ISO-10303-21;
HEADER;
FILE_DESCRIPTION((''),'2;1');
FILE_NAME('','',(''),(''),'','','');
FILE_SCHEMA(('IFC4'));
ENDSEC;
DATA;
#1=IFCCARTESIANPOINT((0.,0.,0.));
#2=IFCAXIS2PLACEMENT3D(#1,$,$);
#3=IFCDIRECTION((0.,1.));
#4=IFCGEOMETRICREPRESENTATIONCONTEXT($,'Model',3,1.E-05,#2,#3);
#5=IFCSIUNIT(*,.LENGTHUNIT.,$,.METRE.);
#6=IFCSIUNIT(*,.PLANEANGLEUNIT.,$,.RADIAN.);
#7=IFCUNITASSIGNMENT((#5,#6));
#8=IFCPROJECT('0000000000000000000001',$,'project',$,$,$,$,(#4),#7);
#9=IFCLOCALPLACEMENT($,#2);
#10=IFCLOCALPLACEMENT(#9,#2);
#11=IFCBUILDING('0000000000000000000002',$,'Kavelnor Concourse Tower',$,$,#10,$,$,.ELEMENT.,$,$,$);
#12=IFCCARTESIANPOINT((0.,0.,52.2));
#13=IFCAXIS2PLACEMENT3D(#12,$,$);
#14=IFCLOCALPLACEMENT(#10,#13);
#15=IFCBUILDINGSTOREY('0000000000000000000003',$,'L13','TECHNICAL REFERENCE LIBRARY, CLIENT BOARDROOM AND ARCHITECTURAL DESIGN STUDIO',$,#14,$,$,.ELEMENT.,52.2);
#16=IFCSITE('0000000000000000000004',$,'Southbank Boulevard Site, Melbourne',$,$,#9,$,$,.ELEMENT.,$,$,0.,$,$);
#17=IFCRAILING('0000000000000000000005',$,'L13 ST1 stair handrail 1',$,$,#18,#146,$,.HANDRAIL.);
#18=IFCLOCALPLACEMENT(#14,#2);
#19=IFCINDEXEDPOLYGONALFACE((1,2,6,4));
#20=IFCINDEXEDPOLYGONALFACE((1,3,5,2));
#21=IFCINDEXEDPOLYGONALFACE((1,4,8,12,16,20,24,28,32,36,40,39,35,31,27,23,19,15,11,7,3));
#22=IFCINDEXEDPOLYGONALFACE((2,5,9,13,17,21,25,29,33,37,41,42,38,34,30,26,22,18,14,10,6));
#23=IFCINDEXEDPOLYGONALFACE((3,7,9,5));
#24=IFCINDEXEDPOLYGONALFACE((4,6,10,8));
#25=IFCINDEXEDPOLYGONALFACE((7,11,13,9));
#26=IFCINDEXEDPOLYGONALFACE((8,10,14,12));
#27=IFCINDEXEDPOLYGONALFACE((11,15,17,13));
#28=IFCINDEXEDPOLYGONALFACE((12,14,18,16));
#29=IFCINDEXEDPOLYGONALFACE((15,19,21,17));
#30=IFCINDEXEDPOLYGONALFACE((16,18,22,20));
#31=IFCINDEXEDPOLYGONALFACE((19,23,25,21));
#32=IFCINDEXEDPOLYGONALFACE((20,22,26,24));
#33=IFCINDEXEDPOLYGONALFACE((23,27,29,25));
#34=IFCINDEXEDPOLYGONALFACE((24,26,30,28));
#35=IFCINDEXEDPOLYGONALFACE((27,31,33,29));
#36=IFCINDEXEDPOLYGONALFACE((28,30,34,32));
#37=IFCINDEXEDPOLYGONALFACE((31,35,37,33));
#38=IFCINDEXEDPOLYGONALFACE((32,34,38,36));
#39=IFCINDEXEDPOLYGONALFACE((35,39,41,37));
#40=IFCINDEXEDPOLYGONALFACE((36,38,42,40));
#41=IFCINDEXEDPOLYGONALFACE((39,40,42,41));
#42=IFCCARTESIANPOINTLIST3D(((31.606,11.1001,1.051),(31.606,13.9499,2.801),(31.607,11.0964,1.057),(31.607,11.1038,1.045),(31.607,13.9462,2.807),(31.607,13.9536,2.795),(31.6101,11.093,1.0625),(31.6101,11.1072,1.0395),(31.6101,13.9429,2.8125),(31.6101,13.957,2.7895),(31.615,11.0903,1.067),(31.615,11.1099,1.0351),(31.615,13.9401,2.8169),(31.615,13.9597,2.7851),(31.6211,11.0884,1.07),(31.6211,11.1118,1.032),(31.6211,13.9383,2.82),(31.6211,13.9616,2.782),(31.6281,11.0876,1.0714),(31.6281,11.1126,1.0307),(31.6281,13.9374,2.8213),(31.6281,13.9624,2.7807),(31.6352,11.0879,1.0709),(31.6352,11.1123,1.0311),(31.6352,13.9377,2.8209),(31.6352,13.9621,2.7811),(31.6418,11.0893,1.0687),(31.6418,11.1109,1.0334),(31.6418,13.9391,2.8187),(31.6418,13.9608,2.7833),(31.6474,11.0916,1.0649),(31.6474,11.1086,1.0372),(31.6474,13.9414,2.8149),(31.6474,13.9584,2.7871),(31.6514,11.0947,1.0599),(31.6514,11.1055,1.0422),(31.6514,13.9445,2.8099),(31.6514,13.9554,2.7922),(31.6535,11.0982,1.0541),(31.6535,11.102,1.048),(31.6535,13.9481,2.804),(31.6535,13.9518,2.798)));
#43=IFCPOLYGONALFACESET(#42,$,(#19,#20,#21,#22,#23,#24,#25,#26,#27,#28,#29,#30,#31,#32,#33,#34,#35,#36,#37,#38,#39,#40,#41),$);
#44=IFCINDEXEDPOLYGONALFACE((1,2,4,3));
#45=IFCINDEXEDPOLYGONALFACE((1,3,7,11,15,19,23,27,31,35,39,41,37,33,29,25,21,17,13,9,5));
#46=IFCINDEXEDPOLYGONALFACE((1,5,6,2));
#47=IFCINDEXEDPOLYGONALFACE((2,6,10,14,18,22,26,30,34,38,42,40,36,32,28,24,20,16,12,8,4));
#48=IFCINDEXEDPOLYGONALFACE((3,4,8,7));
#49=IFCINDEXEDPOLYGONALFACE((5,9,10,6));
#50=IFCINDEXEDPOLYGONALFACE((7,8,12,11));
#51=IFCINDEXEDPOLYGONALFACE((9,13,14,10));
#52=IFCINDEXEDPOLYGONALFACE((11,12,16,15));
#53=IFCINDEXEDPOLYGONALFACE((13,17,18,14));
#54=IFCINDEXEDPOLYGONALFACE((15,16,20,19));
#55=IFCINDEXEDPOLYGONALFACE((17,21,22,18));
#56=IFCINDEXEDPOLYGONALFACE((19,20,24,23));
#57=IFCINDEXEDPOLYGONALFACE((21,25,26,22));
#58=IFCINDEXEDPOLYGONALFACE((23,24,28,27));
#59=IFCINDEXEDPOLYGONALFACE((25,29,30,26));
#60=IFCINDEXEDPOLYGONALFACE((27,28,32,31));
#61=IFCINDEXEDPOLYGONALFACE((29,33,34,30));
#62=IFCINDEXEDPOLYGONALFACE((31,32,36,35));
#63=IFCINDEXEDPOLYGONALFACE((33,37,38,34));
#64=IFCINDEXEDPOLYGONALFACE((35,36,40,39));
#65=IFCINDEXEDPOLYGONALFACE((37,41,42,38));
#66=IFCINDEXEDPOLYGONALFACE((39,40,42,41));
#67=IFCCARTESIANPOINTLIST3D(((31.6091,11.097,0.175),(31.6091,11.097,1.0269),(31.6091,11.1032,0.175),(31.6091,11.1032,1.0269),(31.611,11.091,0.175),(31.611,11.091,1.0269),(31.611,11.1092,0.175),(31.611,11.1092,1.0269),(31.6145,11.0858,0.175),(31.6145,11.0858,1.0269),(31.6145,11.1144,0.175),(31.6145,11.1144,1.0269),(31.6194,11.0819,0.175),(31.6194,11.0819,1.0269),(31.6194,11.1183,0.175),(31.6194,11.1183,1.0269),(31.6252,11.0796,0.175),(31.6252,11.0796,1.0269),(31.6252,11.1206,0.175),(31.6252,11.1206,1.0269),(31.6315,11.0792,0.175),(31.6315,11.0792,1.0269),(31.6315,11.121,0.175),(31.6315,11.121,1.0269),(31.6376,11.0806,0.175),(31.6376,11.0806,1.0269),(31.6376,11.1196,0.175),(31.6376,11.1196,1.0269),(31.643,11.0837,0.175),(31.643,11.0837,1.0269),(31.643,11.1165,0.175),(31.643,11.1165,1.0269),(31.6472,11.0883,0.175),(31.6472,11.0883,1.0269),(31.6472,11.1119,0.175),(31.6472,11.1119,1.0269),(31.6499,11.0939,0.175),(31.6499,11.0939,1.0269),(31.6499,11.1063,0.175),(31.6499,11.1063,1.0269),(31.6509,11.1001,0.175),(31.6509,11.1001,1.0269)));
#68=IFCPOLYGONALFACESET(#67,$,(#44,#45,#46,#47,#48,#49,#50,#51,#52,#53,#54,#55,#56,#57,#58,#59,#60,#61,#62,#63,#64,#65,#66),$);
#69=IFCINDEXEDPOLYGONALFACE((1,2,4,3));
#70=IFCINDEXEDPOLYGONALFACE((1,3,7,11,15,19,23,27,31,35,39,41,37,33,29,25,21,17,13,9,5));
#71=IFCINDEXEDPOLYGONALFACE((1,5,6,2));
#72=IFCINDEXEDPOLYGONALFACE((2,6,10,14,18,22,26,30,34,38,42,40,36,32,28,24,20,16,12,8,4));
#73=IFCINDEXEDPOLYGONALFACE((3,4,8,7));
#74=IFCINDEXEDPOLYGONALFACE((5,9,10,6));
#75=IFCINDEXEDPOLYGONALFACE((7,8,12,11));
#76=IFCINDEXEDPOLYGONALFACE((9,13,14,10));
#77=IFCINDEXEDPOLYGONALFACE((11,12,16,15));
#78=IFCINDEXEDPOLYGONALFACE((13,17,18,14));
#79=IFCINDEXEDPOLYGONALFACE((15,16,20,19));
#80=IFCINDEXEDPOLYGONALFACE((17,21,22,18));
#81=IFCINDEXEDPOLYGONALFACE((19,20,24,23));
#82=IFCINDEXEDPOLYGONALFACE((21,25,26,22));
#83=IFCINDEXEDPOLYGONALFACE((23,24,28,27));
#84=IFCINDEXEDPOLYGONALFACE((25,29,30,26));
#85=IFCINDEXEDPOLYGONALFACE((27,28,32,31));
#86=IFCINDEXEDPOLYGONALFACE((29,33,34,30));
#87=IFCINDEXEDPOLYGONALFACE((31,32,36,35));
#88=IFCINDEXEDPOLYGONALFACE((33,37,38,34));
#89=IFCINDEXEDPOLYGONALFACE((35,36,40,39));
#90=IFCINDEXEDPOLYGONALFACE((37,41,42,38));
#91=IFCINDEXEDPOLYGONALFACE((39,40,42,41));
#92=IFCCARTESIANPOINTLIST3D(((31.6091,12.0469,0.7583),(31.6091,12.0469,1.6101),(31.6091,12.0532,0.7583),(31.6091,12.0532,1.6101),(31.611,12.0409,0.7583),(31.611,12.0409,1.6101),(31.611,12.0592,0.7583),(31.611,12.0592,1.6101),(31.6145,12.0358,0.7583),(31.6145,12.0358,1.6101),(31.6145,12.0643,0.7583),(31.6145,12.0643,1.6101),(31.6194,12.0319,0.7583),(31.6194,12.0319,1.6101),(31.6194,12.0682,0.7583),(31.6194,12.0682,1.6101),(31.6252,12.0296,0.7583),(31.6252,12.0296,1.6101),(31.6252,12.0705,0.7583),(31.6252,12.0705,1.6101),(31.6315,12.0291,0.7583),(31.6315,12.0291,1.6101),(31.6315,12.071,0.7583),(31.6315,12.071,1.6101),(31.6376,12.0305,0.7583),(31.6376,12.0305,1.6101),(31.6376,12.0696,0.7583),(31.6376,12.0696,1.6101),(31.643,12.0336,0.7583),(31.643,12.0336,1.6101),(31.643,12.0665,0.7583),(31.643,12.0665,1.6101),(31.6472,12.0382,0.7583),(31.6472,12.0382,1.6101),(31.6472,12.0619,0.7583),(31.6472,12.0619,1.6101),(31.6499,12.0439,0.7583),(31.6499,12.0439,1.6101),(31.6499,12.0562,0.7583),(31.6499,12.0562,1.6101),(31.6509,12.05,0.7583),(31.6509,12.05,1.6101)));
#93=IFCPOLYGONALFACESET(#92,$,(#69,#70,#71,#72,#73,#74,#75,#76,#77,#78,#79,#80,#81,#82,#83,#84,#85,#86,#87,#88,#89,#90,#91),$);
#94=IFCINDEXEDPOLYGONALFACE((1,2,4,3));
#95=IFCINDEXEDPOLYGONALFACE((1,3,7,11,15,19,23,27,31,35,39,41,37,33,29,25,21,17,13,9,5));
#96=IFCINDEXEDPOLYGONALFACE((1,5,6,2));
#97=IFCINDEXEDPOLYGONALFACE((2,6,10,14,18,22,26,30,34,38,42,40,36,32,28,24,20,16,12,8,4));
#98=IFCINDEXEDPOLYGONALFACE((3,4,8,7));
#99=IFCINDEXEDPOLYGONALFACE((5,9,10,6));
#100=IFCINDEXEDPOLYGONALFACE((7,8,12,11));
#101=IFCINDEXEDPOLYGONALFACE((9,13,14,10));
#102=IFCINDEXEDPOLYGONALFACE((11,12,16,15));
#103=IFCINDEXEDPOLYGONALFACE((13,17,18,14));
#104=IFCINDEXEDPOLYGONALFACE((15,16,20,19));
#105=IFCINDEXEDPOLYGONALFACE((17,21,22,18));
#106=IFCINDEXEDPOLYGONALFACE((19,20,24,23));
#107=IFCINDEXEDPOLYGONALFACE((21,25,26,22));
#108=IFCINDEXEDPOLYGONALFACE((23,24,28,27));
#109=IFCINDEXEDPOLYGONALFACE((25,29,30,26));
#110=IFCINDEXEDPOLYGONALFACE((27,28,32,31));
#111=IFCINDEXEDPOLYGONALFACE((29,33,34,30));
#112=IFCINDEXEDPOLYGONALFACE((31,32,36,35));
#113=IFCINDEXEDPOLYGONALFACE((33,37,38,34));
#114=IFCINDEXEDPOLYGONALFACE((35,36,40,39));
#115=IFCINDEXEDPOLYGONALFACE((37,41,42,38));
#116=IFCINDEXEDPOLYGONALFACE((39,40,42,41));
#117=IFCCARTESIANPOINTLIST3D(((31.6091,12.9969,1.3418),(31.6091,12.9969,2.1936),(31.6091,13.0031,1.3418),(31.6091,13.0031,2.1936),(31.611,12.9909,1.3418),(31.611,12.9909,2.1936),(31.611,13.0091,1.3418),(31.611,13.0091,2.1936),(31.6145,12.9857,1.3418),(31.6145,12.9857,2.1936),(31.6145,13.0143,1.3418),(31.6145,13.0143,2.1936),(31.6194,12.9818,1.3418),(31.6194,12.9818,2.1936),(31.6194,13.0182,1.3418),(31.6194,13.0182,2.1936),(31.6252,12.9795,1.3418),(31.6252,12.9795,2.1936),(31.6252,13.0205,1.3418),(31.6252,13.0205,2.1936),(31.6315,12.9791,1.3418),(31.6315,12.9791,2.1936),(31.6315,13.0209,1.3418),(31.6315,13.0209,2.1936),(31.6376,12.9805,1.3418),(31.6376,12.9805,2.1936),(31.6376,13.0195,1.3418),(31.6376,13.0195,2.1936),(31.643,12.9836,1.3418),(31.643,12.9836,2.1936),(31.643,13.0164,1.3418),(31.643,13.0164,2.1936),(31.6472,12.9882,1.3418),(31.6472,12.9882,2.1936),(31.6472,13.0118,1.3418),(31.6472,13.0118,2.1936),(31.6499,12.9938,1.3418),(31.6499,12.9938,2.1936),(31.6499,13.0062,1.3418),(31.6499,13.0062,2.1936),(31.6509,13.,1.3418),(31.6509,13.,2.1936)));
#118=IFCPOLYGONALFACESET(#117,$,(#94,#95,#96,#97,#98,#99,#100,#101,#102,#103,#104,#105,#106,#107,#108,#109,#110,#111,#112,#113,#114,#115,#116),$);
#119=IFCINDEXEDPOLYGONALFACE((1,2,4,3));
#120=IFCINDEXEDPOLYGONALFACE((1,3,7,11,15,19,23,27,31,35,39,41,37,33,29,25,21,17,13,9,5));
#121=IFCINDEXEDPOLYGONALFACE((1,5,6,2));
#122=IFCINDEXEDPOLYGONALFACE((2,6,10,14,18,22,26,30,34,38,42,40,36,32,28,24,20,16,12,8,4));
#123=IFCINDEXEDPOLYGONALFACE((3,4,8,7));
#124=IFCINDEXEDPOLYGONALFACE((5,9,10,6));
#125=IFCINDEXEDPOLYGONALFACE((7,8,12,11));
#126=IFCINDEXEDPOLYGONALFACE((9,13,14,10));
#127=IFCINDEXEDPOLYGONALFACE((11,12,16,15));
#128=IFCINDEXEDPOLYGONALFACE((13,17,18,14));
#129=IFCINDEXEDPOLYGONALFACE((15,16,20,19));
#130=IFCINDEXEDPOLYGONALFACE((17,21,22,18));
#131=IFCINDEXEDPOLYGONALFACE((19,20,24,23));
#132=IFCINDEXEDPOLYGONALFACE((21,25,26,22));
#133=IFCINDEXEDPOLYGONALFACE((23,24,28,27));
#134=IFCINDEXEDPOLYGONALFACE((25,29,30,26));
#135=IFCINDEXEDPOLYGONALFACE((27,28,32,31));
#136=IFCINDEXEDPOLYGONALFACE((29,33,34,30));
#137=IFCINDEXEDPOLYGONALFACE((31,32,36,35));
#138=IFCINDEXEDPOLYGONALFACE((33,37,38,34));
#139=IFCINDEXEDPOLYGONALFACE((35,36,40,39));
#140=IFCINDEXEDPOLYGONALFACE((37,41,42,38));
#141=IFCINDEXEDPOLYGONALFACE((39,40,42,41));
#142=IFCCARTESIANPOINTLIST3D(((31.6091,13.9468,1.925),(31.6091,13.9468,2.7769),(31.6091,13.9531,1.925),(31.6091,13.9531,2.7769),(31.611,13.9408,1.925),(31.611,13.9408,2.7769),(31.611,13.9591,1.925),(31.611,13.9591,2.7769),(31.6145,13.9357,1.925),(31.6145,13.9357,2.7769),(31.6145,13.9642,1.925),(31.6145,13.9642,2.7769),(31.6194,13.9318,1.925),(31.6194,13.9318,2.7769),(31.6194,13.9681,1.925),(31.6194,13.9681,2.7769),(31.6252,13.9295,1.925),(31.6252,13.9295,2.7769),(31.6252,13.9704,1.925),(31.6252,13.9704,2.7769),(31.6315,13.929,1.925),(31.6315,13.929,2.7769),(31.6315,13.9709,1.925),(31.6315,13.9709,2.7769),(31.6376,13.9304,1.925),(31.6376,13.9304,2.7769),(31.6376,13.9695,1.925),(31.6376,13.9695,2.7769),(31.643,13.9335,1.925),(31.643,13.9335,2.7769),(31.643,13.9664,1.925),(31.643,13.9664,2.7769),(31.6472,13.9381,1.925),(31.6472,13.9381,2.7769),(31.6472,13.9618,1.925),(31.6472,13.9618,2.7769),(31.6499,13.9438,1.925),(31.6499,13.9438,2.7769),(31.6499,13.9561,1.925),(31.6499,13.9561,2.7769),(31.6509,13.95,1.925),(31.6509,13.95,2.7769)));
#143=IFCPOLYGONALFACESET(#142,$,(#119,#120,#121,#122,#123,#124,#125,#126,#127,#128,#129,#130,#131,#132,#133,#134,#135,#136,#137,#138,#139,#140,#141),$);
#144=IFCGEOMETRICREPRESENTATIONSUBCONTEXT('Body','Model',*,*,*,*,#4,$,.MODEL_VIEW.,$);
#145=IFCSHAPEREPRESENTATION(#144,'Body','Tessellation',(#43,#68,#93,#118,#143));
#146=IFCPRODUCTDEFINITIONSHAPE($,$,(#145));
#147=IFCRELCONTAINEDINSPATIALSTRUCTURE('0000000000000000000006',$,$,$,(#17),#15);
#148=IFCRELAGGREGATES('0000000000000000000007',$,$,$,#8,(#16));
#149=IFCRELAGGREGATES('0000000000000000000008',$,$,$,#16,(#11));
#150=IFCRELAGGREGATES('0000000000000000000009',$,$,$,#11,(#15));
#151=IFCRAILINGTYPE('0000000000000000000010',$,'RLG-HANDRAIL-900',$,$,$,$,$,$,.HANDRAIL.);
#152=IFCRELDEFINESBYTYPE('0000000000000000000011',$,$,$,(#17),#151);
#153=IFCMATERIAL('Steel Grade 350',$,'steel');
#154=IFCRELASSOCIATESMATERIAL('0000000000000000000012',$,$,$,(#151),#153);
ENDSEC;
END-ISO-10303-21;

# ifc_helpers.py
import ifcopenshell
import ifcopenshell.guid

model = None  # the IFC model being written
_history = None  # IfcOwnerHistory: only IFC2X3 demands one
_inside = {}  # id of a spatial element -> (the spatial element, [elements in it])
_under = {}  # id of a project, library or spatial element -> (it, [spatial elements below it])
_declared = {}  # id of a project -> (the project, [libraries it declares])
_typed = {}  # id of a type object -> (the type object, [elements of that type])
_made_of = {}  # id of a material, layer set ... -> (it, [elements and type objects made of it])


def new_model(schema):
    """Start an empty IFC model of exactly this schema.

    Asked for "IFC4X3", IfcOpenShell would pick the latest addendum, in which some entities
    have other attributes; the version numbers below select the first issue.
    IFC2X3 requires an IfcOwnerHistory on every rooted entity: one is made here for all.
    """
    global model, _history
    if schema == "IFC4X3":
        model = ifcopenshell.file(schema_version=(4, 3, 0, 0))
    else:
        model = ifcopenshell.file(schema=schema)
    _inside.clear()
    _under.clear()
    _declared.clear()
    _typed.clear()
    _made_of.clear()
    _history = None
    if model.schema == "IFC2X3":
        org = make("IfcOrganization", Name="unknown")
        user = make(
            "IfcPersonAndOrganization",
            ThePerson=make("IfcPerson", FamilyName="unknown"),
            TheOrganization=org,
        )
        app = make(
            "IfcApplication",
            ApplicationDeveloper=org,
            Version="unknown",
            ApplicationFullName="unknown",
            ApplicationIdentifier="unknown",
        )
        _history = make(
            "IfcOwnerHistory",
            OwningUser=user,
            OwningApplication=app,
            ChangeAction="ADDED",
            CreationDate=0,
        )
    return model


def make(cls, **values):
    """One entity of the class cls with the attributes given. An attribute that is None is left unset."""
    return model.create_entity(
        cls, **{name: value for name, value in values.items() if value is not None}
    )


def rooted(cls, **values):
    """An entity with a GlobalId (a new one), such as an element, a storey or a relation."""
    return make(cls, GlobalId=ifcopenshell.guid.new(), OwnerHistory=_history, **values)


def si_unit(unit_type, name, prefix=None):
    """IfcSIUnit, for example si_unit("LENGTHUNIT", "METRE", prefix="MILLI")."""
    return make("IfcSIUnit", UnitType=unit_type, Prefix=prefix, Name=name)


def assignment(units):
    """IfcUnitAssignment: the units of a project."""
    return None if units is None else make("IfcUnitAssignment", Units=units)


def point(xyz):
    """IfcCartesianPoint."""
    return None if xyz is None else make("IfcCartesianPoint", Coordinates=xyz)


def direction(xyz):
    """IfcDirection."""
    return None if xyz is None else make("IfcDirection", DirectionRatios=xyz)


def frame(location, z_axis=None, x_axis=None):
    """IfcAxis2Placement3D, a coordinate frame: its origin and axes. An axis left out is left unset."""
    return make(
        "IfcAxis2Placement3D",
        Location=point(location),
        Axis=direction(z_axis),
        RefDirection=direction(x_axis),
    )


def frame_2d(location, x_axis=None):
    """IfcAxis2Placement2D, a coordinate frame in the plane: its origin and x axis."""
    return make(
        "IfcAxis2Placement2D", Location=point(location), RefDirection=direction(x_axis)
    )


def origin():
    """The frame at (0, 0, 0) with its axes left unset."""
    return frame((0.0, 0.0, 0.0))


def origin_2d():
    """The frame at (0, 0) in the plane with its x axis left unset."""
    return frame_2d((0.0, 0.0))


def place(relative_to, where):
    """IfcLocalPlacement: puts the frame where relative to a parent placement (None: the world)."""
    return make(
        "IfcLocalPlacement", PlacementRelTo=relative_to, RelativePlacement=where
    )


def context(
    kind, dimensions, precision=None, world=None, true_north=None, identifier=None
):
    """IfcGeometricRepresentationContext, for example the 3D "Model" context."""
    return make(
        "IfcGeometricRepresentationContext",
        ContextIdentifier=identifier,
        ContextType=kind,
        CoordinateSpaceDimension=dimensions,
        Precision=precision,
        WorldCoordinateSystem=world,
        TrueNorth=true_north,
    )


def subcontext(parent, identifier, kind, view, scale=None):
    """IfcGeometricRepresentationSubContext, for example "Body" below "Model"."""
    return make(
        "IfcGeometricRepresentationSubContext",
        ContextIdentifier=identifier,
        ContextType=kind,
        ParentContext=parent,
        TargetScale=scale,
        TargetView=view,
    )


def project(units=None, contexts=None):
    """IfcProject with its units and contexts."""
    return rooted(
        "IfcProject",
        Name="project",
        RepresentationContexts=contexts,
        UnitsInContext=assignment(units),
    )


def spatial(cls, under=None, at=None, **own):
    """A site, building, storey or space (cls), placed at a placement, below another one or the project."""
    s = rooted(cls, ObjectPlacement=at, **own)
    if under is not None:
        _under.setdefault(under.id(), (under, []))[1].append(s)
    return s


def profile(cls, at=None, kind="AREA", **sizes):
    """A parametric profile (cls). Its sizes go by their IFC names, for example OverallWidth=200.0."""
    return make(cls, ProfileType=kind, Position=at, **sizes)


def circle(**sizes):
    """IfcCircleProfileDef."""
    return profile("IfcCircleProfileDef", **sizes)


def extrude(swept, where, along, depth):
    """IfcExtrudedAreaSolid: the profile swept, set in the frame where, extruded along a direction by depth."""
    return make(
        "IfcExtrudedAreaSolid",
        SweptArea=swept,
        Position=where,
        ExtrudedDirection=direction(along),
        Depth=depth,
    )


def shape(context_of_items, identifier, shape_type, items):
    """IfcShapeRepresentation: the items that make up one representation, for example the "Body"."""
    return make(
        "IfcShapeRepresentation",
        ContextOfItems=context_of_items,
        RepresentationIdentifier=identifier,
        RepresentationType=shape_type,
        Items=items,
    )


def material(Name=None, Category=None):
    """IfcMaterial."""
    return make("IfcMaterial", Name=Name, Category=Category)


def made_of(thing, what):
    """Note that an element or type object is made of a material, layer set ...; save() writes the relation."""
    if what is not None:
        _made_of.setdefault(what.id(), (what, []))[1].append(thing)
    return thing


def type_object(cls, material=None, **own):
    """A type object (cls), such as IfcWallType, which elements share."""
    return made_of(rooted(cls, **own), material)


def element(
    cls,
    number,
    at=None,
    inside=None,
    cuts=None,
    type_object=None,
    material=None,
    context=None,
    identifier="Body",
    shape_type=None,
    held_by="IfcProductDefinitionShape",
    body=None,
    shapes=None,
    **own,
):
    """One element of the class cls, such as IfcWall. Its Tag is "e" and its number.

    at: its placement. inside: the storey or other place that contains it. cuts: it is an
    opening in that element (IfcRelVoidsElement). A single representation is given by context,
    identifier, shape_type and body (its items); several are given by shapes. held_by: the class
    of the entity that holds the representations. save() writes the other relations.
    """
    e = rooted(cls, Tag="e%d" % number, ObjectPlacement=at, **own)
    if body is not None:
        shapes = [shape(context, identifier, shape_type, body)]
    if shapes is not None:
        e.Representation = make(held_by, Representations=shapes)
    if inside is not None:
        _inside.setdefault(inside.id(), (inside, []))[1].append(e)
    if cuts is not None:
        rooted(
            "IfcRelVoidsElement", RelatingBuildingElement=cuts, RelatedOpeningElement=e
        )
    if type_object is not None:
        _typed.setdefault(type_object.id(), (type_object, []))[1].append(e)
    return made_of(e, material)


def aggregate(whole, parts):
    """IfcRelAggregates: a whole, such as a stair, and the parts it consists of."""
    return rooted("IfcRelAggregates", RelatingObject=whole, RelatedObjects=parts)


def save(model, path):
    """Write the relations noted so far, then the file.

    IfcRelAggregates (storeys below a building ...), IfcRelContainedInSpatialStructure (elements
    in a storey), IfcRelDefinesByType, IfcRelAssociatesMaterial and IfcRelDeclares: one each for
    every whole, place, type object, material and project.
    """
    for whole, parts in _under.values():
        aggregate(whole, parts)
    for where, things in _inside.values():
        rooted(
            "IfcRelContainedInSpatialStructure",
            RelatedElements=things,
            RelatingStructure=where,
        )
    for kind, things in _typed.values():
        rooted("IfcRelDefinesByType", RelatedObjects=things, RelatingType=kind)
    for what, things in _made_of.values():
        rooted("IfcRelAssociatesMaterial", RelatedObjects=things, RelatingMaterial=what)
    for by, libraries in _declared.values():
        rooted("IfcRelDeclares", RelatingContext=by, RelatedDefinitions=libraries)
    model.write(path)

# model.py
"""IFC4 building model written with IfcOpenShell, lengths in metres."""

from ifc_helpers import new_model, si_unit, direction, frame, origin, origin_2d, place, context, subcontext, project, spatial, circle, extrude, material, type_object, element, save


model = new_model("IFC4")

# Units and contexts
model_context = context("Model", 3, precision=1e-05, world=origin(), true_north=direction((0.0, 1.0)))
body_context = subcontext(model_context, "Body", "Model", "MODEL_VIEW")
ifc_project = project(units=[si_unit("LENGTHUNIT", "METRE"), si_unit("PLANEANGLEUNIT", "RADIAN")], contexts=[model_context])

# Site, building, storey
site_placement = place(None, origin())
site = spatial("IfcSite", under=ifc_project, at=site_placement, Name="Southbank Boulevard Site, Melbourne", CompositionType="ELEMENT", RefElevation=0.0)
building_placement = place(site_placement, origin())
building = spatial("IfcBuilding", under=site, at=building_placement, Name="Kavelnor Concourse Tower", CompositionType="ELEMENT")
storey_placement = place(building_placement, frame((0.0, 0.0, 52.2)))
storey = spatial("IfcBuildingStorey", under=building, at=storey_placement, Name="L13", Description="TECHNICAL REFERENCE LIBRARY, CLIENT BOARDROOM AND ARCHITECTURAL DESIGN STUDIO", CompositionType="ELEMENT", Elevation=52.2)

# Shared definitions
ifc_material_1 = material(Name="Steel Grade 350", Category="steel")

# Railing
railing_type_1 = type_object("IfcRailingType", Name="RLG-HANDRAIL-900", PredefinedType="HANDRAIL", material=ifc_material_1)
railing_1_placement = place(storey_placement, frame((31.6299, 11.1001, 0.175)))
element("IfcRailing", 1, at=railing_1_placement, inside=storey, type_object=railing_type_1, Name="L13 ST1 stair handrail 1", PredefinedType="HANDRAIL", context=body_context, shape_type="SweptSolid", body=[
    extrude(circle(Radius=0.0239, at=origin_2d()), frame((0.0, 0.0, 0.876), z_axis=(0.0, 0.852159, 0.523283), x_axis=(-1.0, 0.0, 0.0)), (0.0, 0.0, 1.0), 3.3442),
    extrude(circle(Radius=0.021, at=origin_2d()), origin(), (0.0, 0.0, 1.0), 0.8518),
    extrude(circle(Radius=0.021, at=origin_2d()), frame((0.0, 0.95, 0.5833)), (0.0, 0.0, 1.0), 0.8518),
    extrude(circle(Radius=0.021, at=origin_2d()), frame((0.0, 1.8999, 1.1667)), (0.0, 0.0, 1.0), 0.8518),
    extrude(circle(Radius=0.021, at=origin_2d()), frame((0.0, 2.8499, 1.75)), (0.0, 0.0, 1.0), 0.8518),
])

save(model, "model.ifc")
